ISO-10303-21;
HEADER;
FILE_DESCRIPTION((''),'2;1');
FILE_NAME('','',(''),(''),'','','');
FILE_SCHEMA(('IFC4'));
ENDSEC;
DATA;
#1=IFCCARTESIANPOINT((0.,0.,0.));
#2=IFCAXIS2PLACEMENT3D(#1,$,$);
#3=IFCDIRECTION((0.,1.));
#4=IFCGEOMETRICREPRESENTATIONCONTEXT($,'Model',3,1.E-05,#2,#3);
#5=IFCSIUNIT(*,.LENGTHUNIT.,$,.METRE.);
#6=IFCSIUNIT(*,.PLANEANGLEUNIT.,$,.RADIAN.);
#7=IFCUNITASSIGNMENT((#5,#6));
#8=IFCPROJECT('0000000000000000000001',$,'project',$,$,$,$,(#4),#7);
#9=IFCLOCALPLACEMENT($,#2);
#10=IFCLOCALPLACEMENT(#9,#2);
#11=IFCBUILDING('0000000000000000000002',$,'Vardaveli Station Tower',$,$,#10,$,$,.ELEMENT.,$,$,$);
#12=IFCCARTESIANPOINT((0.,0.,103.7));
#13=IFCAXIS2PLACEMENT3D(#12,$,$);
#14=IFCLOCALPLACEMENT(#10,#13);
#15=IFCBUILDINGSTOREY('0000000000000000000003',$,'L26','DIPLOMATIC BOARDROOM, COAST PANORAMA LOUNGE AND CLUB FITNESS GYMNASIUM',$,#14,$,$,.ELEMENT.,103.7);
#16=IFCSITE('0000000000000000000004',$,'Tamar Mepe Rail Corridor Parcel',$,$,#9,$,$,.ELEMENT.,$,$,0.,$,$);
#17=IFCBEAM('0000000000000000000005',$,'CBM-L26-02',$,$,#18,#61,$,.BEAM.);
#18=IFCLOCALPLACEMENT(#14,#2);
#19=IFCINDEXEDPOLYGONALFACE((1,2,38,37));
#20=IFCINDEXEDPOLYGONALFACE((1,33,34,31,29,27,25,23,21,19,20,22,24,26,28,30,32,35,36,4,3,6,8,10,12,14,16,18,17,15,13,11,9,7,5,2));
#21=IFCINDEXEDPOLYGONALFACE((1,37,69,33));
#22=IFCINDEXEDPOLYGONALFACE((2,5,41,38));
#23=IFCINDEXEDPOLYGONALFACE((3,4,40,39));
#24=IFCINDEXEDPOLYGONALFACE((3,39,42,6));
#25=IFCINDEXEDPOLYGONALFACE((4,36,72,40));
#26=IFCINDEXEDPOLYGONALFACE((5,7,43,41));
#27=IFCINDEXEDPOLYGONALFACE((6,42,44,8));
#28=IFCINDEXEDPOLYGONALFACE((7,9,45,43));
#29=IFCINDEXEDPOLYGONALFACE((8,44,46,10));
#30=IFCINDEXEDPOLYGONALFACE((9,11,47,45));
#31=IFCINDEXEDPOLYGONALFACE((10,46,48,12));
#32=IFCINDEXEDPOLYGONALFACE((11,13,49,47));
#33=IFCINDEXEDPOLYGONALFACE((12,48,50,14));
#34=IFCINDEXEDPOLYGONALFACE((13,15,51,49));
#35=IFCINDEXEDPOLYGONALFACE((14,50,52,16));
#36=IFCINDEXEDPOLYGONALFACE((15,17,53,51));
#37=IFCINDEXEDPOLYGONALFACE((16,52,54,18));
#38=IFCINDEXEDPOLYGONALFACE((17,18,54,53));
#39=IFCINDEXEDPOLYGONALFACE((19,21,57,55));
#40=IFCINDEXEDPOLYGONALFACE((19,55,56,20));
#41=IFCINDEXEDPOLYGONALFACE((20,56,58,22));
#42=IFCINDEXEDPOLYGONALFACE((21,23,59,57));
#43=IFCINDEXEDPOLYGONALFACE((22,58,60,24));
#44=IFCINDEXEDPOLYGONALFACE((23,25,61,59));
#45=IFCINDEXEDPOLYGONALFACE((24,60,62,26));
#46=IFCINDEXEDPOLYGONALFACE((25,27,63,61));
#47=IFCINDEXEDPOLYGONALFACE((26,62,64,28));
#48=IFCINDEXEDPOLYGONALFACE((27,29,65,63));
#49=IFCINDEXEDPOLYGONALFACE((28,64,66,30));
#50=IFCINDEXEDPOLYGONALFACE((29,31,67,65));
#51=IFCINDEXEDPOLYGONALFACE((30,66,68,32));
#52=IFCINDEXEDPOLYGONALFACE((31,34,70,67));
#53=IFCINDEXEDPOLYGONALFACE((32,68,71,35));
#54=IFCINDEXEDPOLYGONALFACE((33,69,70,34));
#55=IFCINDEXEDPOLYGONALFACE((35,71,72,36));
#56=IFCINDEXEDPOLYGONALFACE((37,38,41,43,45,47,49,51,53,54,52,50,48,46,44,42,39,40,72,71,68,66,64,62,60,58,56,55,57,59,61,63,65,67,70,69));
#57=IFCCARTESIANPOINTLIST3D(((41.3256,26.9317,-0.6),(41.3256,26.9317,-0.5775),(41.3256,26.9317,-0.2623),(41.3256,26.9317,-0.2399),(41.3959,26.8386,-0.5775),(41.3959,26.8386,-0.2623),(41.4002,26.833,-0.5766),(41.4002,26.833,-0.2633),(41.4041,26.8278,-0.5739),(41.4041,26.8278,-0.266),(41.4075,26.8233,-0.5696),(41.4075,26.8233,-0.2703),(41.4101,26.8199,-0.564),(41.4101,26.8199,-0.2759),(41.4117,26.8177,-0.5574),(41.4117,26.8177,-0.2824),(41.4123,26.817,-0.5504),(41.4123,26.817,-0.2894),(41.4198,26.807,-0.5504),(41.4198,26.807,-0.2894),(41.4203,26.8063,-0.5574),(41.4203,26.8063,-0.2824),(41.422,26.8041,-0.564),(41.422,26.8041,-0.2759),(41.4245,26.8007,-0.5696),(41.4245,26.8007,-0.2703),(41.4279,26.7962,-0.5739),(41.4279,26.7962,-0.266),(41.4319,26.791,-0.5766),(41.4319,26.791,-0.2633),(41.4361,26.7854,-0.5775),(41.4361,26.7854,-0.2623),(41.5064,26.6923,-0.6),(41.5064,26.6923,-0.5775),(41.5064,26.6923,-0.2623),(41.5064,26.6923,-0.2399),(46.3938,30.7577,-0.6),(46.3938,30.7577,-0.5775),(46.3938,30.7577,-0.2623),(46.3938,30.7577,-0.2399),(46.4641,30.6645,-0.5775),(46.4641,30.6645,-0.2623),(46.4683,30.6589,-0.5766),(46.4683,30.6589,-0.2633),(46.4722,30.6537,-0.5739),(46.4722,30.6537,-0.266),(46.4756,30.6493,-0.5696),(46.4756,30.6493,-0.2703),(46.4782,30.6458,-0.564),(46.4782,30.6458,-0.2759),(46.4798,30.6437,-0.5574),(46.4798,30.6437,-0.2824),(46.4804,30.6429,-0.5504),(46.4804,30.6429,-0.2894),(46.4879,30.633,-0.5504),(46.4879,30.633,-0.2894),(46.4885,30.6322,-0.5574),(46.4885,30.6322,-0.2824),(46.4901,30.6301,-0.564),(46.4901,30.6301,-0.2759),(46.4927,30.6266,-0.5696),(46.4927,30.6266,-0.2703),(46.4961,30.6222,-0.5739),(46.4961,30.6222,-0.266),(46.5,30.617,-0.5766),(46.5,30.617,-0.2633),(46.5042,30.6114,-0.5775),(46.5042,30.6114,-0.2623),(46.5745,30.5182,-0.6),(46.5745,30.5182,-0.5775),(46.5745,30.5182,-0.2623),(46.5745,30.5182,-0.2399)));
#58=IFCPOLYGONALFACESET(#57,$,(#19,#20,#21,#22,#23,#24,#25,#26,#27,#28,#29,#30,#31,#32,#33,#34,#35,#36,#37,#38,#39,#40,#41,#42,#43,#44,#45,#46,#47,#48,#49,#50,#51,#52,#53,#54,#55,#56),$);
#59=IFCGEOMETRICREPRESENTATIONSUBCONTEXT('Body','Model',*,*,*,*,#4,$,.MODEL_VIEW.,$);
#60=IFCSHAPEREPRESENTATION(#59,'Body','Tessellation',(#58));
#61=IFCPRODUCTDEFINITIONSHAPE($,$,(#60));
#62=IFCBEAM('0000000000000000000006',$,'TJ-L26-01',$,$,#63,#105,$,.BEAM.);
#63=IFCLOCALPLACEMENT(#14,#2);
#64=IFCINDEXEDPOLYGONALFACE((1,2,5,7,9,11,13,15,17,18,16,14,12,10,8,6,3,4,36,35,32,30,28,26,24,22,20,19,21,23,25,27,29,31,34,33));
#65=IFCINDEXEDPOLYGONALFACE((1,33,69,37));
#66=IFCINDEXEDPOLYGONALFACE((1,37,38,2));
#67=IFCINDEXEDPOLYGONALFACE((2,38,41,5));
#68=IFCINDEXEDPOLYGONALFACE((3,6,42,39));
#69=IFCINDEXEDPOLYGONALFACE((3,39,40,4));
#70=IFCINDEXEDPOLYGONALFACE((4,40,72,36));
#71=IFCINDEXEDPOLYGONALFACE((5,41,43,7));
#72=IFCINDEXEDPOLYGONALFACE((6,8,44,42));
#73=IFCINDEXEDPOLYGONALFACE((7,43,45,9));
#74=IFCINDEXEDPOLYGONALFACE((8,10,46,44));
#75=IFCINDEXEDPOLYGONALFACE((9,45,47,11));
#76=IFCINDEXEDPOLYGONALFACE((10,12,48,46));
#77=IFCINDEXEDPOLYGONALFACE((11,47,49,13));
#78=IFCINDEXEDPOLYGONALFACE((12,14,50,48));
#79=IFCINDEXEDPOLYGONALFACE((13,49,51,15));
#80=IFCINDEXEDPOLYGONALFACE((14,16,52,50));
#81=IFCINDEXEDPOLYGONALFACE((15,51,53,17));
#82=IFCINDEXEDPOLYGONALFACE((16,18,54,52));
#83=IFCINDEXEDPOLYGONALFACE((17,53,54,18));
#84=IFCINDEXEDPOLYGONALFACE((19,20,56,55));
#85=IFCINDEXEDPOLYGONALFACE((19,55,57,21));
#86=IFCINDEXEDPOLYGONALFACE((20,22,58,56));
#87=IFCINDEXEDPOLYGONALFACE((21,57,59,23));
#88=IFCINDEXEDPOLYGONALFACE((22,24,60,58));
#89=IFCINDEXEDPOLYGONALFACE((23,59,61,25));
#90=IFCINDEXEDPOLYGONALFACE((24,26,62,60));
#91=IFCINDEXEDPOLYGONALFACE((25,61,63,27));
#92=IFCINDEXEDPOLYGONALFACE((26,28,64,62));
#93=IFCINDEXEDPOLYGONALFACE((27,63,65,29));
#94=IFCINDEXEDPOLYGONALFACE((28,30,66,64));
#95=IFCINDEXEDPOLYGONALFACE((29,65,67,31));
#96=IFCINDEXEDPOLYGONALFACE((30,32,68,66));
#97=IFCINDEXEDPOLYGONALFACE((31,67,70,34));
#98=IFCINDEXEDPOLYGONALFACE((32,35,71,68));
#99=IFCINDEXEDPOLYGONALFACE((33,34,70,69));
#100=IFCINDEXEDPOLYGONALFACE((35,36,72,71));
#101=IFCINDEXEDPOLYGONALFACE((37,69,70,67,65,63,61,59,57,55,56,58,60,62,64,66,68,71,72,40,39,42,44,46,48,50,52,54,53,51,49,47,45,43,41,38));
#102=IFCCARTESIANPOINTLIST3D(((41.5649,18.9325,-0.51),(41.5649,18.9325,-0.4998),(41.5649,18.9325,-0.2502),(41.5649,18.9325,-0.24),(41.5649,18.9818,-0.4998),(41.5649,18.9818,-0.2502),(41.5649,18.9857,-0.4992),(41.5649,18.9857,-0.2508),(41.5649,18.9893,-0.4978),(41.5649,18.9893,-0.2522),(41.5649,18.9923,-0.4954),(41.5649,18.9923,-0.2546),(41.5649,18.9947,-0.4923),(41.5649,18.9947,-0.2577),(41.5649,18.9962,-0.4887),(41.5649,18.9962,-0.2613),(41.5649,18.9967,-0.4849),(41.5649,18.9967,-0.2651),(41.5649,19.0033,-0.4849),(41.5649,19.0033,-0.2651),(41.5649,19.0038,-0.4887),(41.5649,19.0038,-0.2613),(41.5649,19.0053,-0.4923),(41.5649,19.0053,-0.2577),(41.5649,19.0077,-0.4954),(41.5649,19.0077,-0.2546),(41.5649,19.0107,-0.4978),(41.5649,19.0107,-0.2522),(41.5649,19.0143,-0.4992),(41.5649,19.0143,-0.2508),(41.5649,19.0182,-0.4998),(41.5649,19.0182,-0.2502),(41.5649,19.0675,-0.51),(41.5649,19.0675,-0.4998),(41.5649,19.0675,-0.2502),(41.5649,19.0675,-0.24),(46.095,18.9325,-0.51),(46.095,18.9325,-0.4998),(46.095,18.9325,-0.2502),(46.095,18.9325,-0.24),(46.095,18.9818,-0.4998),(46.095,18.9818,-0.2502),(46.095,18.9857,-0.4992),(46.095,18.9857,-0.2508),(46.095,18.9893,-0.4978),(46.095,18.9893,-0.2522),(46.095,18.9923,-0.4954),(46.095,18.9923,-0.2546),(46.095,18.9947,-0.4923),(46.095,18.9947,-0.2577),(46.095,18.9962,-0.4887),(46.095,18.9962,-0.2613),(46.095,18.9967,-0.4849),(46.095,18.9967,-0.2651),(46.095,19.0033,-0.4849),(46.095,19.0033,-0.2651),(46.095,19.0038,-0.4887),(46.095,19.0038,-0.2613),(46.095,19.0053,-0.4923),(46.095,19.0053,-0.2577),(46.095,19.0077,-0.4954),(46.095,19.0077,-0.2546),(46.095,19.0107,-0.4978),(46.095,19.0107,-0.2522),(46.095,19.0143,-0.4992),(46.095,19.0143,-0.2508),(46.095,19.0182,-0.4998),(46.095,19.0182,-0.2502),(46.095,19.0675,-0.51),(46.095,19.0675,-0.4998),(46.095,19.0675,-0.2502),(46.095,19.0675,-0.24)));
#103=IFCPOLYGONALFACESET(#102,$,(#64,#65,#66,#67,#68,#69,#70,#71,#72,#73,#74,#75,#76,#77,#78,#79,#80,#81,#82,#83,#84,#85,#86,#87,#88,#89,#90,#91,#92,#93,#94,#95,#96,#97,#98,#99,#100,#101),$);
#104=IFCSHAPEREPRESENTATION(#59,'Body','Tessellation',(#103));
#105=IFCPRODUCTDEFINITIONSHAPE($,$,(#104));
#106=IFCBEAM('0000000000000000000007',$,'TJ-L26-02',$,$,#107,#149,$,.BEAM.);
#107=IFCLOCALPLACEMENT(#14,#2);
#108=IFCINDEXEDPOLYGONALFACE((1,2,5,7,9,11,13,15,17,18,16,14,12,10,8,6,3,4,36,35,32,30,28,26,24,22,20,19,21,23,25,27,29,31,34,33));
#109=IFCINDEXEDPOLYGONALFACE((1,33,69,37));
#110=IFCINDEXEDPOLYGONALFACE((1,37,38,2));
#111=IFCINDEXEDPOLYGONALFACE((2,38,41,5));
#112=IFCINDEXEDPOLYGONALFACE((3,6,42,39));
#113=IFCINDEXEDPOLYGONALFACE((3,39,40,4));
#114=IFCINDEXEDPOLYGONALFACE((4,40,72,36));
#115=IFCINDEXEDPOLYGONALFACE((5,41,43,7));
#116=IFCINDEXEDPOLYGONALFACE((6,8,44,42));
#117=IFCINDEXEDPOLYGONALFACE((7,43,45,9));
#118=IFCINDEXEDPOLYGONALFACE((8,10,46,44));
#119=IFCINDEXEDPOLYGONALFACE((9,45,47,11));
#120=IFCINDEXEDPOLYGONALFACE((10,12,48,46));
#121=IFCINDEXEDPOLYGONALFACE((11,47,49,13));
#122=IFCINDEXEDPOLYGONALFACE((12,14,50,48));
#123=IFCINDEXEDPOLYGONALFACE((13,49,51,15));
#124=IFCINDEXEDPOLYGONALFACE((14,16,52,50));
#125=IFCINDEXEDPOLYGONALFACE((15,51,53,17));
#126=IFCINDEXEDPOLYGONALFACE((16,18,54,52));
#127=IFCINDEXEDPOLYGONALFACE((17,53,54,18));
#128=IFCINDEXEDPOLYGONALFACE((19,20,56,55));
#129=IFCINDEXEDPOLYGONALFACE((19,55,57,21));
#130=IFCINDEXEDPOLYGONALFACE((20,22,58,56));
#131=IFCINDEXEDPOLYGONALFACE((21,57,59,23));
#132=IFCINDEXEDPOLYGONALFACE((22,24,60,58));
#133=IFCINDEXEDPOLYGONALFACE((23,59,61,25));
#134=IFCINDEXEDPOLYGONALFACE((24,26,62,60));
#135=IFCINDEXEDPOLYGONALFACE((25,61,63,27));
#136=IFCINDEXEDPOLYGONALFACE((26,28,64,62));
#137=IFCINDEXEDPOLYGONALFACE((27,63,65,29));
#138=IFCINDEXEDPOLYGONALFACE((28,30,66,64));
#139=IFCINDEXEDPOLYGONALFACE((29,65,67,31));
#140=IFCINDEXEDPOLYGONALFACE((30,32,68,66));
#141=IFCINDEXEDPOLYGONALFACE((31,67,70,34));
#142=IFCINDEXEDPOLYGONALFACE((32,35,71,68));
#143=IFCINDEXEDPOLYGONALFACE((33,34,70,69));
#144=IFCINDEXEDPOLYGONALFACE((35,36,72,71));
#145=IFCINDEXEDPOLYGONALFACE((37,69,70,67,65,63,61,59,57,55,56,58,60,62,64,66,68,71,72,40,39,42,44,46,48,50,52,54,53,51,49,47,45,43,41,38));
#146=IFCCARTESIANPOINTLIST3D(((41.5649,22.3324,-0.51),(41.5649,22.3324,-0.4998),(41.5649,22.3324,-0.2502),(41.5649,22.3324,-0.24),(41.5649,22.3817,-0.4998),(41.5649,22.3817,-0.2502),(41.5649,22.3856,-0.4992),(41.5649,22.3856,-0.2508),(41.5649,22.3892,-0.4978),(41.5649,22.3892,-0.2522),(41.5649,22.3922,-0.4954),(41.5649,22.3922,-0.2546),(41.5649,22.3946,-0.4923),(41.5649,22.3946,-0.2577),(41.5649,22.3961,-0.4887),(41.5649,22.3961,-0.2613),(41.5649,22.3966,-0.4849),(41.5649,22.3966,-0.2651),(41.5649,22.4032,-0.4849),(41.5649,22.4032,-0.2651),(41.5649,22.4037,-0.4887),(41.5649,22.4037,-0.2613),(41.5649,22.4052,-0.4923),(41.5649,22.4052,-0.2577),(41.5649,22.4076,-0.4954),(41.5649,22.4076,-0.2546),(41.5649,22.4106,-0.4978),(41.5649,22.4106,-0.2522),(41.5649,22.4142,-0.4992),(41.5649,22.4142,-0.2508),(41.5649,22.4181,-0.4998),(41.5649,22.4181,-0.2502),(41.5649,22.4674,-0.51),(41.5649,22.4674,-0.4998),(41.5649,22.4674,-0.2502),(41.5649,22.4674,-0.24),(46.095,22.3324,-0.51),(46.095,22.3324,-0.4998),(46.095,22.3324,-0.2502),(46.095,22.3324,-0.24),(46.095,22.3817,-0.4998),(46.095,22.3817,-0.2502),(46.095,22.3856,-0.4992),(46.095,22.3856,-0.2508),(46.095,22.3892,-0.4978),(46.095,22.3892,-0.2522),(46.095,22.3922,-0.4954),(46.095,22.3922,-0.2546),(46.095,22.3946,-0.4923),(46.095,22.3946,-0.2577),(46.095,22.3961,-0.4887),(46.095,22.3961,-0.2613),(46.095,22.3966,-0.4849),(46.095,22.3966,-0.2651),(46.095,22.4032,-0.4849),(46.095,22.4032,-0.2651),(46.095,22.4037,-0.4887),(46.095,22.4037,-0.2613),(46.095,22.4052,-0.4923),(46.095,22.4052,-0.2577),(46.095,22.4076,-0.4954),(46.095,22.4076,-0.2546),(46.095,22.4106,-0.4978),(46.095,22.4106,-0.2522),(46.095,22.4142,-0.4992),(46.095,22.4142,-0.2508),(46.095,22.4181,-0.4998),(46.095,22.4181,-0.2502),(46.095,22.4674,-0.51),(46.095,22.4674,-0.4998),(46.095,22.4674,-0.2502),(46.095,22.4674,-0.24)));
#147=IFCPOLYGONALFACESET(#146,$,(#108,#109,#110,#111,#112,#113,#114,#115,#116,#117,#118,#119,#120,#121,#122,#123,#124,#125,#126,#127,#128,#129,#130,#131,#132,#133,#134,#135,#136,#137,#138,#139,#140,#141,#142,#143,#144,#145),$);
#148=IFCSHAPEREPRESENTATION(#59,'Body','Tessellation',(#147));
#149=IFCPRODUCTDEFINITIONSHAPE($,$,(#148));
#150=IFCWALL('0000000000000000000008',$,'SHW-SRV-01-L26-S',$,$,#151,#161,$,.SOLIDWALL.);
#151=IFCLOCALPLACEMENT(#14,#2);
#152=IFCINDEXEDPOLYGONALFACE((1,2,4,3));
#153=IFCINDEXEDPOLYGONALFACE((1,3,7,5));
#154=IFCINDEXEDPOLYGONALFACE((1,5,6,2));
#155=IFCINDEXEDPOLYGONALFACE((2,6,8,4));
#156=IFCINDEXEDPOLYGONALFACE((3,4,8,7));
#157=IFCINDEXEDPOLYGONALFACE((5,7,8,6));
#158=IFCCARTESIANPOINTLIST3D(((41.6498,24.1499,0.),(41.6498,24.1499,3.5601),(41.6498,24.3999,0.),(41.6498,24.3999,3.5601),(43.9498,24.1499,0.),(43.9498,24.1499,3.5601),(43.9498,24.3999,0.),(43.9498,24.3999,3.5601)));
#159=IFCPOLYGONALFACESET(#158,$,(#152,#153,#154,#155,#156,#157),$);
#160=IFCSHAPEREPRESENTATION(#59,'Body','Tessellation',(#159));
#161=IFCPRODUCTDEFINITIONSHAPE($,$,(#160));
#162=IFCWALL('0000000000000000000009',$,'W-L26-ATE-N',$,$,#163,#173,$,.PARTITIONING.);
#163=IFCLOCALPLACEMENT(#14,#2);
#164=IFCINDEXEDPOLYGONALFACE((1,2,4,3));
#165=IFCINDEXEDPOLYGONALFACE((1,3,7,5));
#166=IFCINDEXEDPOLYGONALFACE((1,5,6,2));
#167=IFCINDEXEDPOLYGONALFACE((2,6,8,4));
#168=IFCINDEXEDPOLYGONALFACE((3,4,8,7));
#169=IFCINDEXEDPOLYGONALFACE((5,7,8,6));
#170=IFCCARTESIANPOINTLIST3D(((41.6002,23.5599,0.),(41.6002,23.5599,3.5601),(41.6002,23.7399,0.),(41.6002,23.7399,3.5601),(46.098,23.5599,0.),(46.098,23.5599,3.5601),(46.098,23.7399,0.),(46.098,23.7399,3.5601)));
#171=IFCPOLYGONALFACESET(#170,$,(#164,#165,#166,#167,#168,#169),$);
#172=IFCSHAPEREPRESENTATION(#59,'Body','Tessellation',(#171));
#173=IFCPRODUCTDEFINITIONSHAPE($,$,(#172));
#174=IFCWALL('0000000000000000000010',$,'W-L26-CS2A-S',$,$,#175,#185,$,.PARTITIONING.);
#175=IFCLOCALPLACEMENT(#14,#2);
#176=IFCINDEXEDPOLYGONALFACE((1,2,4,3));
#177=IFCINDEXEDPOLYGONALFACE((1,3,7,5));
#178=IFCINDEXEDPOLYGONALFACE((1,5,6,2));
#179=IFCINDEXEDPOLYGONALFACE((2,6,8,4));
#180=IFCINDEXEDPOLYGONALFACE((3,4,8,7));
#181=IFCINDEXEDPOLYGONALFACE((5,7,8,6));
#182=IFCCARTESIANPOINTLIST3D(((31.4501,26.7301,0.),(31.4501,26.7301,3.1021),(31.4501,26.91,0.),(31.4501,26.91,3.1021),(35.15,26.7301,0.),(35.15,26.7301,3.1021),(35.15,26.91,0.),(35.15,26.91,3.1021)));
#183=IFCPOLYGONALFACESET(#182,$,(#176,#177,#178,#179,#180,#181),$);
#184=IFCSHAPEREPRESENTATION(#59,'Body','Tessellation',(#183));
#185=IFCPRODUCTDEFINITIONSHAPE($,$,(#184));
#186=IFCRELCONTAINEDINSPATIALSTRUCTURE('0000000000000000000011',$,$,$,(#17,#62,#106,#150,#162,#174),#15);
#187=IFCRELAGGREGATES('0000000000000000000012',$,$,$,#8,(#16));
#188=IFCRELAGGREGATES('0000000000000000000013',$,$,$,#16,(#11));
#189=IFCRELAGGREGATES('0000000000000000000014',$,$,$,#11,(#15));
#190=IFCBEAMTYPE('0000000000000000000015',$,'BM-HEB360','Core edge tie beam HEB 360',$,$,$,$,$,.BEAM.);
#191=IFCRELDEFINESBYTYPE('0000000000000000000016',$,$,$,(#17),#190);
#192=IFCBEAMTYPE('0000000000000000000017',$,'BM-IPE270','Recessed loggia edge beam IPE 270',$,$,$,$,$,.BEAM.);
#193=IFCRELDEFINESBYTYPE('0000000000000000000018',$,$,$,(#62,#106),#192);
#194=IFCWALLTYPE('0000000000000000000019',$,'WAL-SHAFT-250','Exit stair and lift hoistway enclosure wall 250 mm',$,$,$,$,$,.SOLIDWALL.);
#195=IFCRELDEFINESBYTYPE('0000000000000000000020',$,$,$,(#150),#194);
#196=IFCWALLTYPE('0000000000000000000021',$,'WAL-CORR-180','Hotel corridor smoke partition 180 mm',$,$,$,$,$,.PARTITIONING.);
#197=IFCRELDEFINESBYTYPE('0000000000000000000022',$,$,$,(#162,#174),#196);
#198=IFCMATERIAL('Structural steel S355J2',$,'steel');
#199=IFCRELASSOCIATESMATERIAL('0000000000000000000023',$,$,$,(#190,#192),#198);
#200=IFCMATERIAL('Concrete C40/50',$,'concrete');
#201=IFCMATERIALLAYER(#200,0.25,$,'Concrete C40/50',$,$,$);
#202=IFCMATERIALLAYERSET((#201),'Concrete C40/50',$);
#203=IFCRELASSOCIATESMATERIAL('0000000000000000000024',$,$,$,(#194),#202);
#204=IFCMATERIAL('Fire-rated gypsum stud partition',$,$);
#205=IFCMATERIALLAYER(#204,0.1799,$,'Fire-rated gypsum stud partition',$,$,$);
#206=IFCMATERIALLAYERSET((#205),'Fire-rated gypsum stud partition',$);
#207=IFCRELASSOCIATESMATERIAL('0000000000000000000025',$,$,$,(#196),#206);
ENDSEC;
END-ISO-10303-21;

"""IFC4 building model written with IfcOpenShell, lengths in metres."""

from ifc_helpers import new_model, si_unit, direction, frame, frame_2d, origin, origin_2d, place, context, subcontext, project, spatial, rectangle, i_section, extrude, source, transform, mapped, material, layer, layer_set, material_profile, profile_set, type_object, element, save


model = new_model("IFC4")

# Units and contexts
model_context = context("Model", 3, precision=1e-05, world=origin(), true_north=direction((0.0, 1.0)))
body_context = subcontext(model_context, "Body", "Model", "MODEL_VIEW")
ifc_project = project(units=[si_unit("LENGTHUNIT", "METRE"), si_unit("PLANEANGLEUNIT", "RADIAN")], contexts=[model_context])

# Site, building, storey
site_placement = place(None, origin())
site = spatial("IfcSite", under=ifc_project, at=site_placement, Name="Tamar Mepe Rail Corridor Parcel", CompositionType="ELEMENT", RefElevation=0.0)
building_placement = place(site_placement, origin())
building = spatial("IfcBuilding", under=site, at=building_placement, Name="Vardaveli Station Tower", CompositionType="ELEMENT")
storey_placement = place(building_placement, frame((0.0, 0.0, 103.7)))
storey = spatial("IfcBuildingStorey", under=building, at=storey_placement, Name="L26", Description="DIPLOMATIC BOARDROOM, COAST PANORAMA LOUNGE AND CLUB FITNESS GYMNASIUM", CompositionType="ELEMENT", Elevation=103.7)

# Beams
ifc_material_1 = material(Name="Structural steel S355J2", Category="steel")
ifc_material_profile_1 = material_profile(ifc_material_1, i_section(OverallWidth=0.3, OverallDepth=0.3601, WebThickness=0.0125, FlangeThickness=0.0225, FilletRadius=0.0271, at=origin_2d()), Name="HEB 360")
ifc_profile_set_1 = profile_set([ifc_material_profile_1], Name="Structural steel S355J2")
beam_type_1 = type_object("IfcBeamType", Name="BM-HEB360", Description="Core edge tie beam HEB 360", PredefinedType="BEAM", material=ifc_profile_set_1)
shared_shape_1 = source(origin(), body_context, "Body", "SweptSolid", [
    extrude(i_section(OverallWidth=0.3, OverallDepth=0.3601, WebThickness=0.0125, FlangeThickness=0.0225, FilletRadius=0.0271, at=origin_2d()), origin(), (0.0, 0.0, 1.0), 6.3501),
])
beam_1_placement = place(storey_placement, frame((41.416, 26.812, -0.4199), z_axis=(0.798118, 0.602501, 0.0), x_axis=(-0.602501, 0.798118, 0.0)))
element("IfcBeam", 1, at=beam_1_placement, inside=storey, type_object=beam_type_1, Name="CBM-L26-02", PredefinedType="BEAM", context=body_context, shape_type="MappedRepresentation", body=[
    mapped(shared_shape_1, transform((0.0, 0.0, 0.0), scale=1.0)),
])
ifc_material_profile_2 = material_profile(ifc_material_1, i_section(OverallWidth=0.135, OverallDepth=0.27, WebThickness=0.0066, FlangeThickness=0.0103, FilletRadius=0.0149, at=origin_2d()), Name="IPE 270")
ifc_profile_set_2 = profile_set([ifc_material_profile_2], Name="Structural steel S355J2")
beam_type_2 = type_object("IfcBeamType", Name="BM-IPE270", Description="Recessed loggia edge beam IPE 270", PredefinedType="BEAM", material=ifc_profile_set_2)
shared_shape_2 = source(origin(), body_context, "Body", "SweptSolid", [
    extrude(i_section(OverallWidth=0.135, OverallDepth=0.27, WebThickness=0.0066, FlangeThickness=0.0103, FilletRadius=0.0149, at=origin_2d()), origin(), (0.0, 0.0, 1.0), 4.53),
])
for number, where, z_axis, x_axis, name in (
    (2, (41.5649, 19.0, -0.375), (1.0, 0.0, 0.0), (0.0, 1.0, 0.0), "TJ-L26-01"),
    (3, (41.5649, 22.3999, -0.375), (1.0, 0.0, 0.0), (0.0, 1.0, 0.0), "TJ-L26-02"),
):
    element("IfcBeam", number, at=place(storey_placement, frame(where, z_axis=z_axis, x_axis=x_axis)), inside=storey, type_object=beam_type_2, Name=name, PredefinedType="BEAM", context=body_context, shape_type="MappedRepresentation", body=[
        mapped(shared_shape_2, transform((0.0, 0.0, 0.0), scale=1.0)),
    ])

# Walls
ifc_material_2 = material(Name="Concrete C40/50", Category="concrete")
ifc_layer_1 = layer(ifc_material_2, 0.25, Name="Concrete C40/50")
ifc_layer_set_1 = layer_set([ifc_layer_1], Name="Concrete C40/50")
wall_type_1 = type_object("IfcWallType", Name="WAL-SHAFT-250", Description="Exit stair and lift hoistway enclosure wall 250 mm", PredefinedType="SOLIDWALL", material=ifc_layer_set_1)
shared_shape_3 = source(origin(), body_context, "Body", "SweptSolid", [
    extrude(rectangle(XDim=2.3, YDim=0.25, at=frame_2d((1.1499, 0.0))), origin(), (0.0, 0.0, 1.0), 3.5601),
])
wall_1_placement = place(storey_placement, frame((41.6499, 24.2749, 0.0), z_axis=(0.0, 0.0, 1.0), x_axis=(1.0, 0.0, 0.0)))
element("IfcWall", 4, at=wall_1_placement, inside=storey, type_object=wall_type_1, Name="SHW-SRV-01-L26-S", PredefinedType="SOLIDWALL", context=body_context, shape_type="MappedRepresentation", body=[
    mapped(shared_shape_3, transform((0.0, 0.0, 0.0), scale=1.0)),
])
ifc_material_3 = material(Name="Fire-rated gypsum stud partition")
ifc_layer_2 = layer(ifc_material_3, 0.1799, Name="Fire-rated gypsum stud partition")
ifc_layer_set_2 = layer_set([ifc_layer_2], Name="Fire-rated gypsum stud partition")
wall_type_2 = type_object("IfcWallType", Name="WAL-CORR-180", Description="Hotel corridor smoke partition 180 mm", PredefinedType="PARTITIONING", material=ifc_layer_set_2)
shared_shape_4 = source(origin(), body_context, "Body", "SweptSolid", [
    extrude(rectangle(XDim=4.4978, YDim=0.1799, at=frame_2d((2.249, 0.0))), origin(), (0.0, 0.0, 1.0), 3.5601),
])
wall_2_placement = place(storey_placement, frame((41.6001, 23.6499, 0.0), z_axis=(0.0, 0.0, 1.0), x_axis=(1.0, 0.0, 0.0)))
element("IfcWall", 5, at=wall_2_placement, inside=storey, type_object=wall_type_2, Name="W-L26-ATE-N", PredefinedType="PARTITIONING", context=body_context, shape_type="MappedRepresentation", body=[
    mapped(shared_shape_4, transform((0.0, 0.0, 0.0), scale=1.0)),
])
shared_shape_5 = source(origin(), body_context, "Body", "SweptSolid", [
    extrude(rectangle(XDim=3.7, YDim=0.1799, at=frame_2d((1.8501, 0.0))), origin(), (0.0, 0.0, 1.0), 3.1021),
])
wall_3_placement = place(storey_placement, frame((31.45, 26.8201, 0.0), z_axis=(0.0, 0.0, 1.0), x_axis=(1.0, 0.0, 0.0)))
element("IfcWall", 6, at=wall_3_placement, inside=storey, type_object=wall_type_2, Name="W-L26-CS2A-S", PredefinedType="PARTITIONING", context=body_context, shape_type="MappedRepresentation", body=[
    mapped(shared_shape_5, transform((0.0, 0.0, 0.0), scale=1.0)),
])

save(model, "model.ifc")
